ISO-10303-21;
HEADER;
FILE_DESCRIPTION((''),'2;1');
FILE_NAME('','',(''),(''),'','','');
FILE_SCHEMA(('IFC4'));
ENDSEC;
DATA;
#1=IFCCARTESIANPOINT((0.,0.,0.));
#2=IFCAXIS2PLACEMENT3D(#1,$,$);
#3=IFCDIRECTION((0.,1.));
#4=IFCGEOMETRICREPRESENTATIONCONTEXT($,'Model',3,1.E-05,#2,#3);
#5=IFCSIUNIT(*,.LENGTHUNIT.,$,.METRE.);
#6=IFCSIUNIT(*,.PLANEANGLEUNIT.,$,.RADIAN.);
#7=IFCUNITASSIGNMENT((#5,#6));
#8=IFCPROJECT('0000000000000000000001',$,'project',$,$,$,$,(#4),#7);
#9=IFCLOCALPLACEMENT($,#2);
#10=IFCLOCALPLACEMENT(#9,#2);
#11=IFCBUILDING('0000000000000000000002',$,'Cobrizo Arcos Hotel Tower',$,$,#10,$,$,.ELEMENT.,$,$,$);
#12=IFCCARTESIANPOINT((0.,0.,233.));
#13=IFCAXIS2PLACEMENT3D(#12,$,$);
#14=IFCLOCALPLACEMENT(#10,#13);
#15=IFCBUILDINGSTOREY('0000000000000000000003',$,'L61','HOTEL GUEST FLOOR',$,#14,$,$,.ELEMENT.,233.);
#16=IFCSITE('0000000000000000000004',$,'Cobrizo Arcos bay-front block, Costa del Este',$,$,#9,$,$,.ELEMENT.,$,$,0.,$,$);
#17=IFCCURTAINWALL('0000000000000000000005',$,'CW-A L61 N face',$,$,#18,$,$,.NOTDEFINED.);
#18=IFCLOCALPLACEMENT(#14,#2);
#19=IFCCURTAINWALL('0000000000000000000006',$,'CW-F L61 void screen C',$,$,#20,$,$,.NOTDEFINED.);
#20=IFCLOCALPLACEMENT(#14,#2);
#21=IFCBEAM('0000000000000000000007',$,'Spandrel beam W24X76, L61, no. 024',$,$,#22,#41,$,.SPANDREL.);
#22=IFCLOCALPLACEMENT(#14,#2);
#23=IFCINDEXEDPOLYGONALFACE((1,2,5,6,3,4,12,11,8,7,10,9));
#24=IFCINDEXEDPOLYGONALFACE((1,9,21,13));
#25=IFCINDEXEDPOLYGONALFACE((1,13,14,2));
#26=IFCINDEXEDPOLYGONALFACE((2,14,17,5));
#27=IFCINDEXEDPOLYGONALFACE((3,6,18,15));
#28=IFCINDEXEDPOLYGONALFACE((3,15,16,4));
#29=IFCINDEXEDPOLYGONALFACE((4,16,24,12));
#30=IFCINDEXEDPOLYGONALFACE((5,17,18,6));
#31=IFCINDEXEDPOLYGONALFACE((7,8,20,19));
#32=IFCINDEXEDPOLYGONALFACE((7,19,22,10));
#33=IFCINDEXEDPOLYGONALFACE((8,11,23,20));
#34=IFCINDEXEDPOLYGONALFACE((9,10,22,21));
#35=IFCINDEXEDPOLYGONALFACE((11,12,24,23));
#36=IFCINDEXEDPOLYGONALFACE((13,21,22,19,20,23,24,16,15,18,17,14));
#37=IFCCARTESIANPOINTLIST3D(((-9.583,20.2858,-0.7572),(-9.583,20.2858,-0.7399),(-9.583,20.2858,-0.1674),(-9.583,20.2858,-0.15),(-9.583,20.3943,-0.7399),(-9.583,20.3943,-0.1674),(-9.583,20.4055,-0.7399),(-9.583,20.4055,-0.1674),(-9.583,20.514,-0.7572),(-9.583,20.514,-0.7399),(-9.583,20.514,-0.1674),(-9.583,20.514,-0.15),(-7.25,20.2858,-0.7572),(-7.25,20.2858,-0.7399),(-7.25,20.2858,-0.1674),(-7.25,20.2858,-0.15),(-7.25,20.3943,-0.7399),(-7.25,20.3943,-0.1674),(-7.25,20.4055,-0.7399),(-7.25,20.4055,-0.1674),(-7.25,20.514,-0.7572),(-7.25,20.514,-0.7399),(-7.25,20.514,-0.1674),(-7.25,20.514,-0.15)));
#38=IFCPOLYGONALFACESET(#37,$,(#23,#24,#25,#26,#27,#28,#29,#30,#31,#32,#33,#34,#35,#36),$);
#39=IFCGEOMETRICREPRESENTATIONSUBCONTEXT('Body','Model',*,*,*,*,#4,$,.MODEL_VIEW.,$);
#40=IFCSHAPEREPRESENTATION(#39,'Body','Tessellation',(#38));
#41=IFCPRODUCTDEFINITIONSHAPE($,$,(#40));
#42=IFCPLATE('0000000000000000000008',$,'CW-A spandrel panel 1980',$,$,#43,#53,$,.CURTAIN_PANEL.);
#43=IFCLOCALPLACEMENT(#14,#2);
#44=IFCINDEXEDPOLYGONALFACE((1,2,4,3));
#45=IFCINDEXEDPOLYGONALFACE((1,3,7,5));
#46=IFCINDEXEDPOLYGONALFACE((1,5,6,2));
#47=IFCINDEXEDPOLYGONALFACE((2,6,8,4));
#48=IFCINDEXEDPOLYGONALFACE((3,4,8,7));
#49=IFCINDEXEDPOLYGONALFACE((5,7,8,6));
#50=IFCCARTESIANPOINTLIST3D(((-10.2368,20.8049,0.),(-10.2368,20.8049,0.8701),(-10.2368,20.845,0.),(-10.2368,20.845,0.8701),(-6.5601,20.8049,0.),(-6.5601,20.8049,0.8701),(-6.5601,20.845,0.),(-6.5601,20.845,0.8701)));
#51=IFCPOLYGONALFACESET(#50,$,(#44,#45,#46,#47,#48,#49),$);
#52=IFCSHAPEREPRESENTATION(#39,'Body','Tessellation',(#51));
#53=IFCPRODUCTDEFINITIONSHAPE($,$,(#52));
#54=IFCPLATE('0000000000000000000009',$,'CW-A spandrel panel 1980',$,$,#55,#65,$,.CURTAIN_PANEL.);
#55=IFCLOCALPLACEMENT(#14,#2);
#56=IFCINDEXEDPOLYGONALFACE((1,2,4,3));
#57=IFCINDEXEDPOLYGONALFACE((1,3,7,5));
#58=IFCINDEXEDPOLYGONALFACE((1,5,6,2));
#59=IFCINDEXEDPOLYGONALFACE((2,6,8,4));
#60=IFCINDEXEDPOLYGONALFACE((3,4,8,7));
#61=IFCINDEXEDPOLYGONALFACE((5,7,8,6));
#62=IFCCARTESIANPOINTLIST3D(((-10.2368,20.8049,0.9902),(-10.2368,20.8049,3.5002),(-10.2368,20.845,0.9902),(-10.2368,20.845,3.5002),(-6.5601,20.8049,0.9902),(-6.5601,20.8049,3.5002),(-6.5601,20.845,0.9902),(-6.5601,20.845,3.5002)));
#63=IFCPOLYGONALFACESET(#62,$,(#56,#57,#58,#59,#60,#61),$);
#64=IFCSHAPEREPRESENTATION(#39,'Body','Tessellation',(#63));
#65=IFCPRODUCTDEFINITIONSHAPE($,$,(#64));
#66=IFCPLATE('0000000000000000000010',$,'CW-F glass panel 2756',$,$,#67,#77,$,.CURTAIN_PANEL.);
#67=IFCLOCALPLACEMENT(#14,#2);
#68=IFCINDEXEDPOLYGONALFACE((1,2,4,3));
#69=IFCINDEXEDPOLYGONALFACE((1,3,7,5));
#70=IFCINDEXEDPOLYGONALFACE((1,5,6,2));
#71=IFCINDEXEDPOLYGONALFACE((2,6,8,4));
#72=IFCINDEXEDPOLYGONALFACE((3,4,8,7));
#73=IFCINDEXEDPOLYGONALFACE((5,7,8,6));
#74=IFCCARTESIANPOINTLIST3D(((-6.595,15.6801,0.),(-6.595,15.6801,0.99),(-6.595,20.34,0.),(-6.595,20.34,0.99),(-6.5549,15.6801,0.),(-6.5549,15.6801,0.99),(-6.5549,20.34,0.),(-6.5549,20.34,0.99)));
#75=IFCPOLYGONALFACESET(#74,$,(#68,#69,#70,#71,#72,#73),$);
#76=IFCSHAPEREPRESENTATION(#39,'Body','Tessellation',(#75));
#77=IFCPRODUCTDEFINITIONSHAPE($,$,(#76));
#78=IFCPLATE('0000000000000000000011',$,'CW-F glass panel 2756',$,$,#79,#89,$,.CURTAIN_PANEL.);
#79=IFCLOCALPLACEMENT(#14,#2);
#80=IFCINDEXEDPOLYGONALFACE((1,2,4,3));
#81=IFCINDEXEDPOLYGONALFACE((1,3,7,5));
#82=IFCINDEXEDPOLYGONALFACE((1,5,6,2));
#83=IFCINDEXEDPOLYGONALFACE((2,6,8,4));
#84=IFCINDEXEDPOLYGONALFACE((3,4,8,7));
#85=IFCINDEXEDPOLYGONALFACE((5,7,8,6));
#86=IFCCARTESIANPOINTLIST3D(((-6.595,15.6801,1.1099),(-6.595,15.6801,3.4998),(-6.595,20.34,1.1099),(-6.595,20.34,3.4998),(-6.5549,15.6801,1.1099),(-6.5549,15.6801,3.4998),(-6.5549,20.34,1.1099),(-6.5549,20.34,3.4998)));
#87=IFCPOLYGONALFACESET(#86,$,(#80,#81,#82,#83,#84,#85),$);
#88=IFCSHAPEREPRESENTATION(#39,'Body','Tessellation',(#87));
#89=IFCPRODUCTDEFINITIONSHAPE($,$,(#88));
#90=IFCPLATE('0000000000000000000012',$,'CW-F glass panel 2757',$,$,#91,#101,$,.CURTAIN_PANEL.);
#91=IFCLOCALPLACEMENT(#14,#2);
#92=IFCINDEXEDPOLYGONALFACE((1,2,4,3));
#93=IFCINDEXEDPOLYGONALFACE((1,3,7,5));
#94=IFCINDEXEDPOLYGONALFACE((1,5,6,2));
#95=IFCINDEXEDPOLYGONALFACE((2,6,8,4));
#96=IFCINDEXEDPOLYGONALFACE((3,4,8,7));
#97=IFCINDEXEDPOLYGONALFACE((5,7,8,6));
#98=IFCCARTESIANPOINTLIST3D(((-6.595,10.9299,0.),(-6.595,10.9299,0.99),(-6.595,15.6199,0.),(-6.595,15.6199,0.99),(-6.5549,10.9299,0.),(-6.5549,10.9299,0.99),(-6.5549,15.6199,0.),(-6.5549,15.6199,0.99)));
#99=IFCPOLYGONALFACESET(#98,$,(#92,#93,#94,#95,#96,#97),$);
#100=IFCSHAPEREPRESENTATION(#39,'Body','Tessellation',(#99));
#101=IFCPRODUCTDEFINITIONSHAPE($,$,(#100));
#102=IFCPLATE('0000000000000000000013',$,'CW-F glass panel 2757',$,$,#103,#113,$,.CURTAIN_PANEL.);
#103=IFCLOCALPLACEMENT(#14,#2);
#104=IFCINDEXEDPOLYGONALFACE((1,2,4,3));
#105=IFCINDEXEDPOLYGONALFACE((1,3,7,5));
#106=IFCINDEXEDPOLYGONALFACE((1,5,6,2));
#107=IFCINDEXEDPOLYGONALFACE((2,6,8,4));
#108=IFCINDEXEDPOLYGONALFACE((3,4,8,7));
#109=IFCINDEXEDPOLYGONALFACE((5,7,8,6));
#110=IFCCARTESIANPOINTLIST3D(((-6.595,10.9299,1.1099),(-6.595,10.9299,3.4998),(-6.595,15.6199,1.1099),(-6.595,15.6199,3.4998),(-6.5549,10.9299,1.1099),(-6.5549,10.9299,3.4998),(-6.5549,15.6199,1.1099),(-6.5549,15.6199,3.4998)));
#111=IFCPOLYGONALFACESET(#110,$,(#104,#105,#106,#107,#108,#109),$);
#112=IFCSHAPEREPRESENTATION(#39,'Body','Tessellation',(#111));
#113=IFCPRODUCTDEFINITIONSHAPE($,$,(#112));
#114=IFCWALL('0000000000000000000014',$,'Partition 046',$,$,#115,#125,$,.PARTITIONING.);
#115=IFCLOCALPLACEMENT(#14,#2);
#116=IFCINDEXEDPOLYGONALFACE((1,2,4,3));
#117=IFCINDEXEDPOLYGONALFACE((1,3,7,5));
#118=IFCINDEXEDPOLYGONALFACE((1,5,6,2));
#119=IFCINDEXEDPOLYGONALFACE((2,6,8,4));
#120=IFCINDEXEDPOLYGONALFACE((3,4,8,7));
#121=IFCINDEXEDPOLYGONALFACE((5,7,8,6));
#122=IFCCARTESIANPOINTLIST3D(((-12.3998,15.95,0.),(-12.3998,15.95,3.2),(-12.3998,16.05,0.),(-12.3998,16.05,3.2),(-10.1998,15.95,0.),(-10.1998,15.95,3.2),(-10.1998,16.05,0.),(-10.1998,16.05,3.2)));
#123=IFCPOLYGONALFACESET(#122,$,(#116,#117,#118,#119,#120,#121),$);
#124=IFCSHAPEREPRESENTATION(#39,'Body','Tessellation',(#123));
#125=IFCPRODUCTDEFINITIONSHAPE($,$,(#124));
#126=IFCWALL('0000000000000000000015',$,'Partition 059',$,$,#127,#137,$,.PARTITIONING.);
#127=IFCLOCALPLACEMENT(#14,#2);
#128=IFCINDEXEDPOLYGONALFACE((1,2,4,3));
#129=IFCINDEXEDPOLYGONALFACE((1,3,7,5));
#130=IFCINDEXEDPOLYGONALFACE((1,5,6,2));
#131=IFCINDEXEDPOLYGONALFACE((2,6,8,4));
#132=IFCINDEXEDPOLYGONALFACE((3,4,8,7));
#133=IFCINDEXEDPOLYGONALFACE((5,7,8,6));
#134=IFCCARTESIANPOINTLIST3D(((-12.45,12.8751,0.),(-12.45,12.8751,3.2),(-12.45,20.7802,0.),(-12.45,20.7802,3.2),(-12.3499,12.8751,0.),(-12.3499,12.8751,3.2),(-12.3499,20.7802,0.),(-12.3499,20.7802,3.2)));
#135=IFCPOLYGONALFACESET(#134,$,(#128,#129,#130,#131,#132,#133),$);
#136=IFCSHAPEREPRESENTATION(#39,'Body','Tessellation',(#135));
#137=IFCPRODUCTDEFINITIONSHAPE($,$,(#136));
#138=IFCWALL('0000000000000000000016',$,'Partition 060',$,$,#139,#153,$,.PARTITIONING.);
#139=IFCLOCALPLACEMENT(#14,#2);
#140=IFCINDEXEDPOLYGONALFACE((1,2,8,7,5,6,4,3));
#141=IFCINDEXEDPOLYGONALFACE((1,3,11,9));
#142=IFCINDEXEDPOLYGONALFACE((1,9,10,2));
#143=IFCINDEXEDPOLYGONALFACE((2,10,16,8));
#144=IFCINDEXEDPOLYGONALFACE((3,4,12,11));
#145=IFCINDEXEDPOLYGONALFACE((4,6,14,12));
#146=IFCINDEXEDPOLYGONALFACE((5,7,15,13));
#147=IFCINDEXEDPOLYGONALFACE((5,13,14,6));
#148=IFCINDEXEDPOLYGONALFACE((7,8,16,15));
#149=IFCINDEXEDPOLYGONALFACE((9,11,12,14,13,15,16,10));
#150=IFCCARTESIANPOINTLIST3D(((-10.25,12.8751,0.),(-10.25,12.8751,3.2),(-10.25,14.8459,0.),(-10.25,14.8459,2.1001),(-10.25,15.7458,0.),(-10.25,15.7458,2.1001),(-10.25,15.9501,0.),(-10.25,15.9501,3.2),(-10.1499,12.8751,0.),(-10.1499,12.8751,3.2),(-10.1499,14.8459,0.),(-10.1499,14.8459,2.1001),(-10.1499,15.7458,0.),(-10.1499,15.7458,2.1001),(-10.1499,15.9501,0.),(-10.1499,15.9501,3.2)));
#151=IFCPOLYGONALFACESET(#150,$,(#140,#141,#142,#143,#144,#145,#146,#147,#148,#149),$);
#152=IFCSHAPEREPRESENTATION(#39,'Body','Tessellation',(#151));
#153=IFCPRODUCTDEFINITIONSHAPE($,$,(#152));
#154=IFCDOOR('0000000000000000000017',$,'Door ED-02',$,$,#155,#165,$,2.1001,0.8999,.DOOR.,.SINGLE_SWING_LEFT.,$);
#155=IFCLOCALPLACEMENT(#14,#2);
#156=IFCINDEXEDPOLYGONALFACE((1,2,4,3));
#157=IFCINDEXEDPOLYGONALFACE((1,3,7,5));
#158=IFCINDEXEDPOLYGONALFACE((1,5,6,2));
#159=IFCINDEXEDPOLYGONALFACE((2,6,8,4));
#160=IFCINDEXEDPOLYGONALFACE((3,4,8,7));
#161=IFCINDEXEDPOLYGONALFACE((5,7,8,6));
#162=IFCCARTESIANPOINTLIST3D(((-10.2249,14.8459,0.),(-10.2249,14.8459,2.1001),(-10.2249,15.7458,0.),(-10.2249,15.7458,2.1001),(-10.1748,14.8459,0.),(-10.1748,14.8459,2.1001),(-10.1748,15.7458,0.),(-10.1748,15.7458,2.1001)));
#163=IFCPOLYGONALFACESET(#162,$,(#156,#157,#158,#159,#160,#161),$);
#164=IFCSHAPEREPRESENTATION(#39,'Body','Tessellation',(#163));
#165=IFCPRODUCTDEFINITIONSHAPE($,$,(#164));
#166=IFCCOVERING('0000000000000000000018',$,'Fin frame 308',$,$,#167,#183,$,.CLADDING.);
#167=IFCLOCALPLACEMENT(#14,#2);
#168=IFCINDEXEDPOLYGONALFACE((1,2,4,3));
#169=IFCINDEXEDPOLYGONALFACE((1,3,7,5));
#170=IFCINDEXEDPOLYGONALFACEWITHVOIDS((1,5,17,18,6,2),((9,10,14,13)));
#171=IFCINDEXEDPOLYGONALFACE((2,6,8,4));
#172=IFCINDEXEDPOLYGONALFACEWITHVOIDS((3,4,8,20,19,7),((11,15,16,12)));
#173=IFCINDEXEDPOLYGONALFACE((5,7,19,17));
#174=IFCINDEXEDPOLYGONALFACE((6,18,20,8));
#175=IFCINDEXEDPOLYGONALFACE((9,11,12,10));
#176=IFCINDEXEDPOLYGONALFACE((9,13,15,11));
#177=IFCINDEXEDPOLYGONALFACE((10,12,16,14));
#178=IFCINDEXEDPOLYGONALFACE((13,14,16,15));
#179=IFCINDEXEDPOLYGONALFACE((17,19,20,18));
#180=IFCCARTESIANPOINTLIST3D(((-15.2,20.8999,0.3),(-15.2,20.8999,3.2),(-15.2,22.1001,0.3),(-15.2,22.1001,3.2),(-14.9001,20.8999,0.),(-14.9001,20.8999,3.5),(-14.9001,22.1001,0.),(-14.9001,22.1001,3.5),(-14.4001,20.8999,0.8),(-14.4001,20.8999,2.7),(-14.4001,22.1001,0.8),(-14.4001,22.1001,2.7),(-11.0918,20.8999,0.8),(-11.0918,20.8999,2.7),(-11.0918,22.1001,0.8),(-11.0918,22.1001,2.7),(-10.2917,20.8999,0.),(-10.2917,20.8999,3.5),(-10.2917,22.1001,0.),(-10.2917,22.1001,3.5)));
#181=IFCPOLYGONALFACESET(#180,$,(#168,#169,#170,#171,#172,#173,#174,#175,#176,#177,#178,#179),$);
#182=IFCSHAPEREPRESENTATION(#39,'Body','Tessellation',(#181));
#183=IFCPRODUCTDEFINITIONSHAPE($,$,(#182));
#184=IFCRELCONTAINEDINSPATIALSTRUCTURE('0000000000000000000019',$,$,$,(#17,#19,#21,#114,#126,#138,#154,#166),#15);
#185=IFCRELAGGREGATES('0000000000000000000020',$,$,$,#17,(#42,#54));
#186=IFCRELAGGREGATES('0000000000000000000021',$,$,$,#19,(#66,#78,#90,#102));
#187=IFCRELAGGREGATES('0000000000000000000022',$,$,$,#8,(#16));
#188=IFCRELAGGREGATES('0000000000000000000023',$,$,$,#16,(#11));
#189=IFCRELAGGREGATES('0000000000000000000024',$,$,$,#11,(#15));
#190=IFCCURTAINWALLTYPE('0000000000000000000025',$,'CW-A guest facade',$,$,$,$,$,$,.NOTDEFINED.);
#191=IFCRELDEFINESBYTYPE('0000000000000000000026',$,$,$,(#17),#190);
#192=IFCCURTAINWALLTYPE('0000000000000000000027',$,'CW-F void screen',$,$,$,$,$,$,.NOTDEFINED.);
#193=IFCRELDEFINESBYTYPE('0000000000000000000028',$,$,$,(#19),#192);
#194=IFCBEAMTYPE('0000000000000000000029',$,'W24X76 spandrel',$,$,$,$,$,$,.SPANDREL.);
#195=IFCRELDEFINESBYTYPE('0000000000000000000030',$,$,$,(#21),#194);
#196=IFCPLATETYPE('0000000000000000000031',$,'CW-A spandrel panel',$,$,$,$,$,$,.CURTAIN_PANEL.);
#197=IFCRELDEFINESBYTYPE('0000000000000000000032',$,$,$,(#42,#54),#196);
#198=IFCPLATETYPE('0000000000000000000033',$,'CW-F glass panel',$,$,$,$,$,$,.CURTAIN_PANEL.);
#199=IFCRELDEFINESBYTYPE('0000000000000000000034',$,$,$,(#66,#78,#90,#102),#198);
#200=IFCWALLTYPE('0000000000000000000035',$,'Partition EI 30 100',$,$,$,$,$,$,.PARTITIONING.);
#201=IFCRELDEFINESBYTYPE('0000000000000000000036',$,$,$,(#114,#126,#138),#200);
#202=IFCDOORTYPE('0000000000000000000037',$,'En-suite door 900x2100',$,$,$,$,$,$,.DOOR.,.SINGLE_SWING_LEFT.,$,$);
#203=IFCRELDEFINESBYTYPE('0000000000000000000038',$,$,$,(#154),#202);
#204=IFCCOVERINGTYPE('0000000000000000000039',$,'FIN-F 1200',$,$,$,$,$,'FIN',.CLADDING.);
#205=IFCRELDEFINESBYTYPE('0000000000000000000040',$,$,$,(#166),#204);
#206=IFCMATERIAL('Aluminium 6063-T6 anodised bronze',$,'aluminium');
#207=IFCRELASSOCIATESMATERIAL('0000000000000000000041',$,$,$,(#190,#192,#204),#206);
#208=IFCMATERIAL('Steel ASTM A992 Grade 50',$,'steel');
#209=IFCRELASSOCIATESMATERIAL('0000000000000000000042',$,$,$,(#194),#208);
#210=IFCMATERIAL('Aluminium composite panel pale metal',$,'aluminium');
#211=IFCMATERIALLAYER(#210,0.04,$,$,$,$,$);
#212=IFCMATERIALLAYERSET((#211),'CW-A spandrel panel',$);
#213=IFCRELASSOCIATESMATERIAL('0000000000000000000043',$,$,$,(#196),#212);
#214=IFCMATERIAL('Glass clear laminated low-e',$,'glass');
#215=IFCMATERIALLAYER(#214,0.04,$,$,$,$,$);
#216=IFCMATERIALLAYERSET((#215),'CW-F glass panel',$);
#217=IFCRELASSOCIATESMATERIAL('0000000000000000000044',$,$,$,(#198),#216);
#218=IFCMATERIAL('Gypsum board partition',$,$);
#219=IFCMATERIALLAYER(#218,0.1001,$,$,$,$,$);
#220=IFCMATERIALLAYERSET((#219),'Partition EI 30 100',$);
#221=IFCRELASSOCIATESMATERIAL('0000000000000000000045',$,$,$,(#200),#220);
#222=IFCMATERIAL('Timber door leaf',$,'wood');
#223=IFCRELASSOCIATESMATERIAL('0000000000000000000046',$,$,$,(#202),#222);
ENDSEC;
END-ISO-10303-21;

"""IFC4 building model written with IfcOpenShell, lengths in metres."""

from ifc_helpers import new_model, si_unit, direction, frame, frame_2d, origin, origin_2d, place, context, subcontext, project, spatial, polyline, rectangle, i_section, outline, extrude, material, layer, layer_set, material_profile, profile_set, type_object, element, fill, aggregate, save


model = new_model("IFC4")

# Units and contexts
model_context = context("Model", 3, precision=1e-05, world=origin(), true_north=direction((0.0, 1.0)))
body_context = subcontext(model_context, "Body", "Model", "MODEL_VIEW")
ifc_project = project(units=[si_unit("LENGTHUNIT", "METRE"), si_unit("PLANEANGLEUNIT", "RADIAN")], contexts=[model_context])

# Site, building, storey
site_placement = place(None, origin())
site = spatial("IfcSite", under=ifc_project, at=site_placement, Name="Cobrizo Arcos bay-front block, Costa del Este", CompositionType="ELEMENT", RefElevation=0.0)
building_placement = place(site_placement, origin())
building = spatial("IfcBuilding", under=site, at=building_placement, Name="Cobrizo Arcos Hotel Tower", CompositionType="ELEMENT")
storey_placement = place(building_placement, frame((0.0, 0.0, 233.0)))
storey = spatial("IfcBuildingStorey", under=building, at=storey_placement, Name="L61", Description="HOTEL GUEST FLOOR", CompositionType="ELEMENT", Elevation=233.0)

# Shared definitions
ifc_material_1 = material(Name="Aluminium 6063-T6 anodised bronze", Category="aluminium")
curtain_wall_type_1 = type_object("IfcCurtainWallType", Name="CW-A guest facade", PredefinedType="NOTDEFINED", material=ifc_material_1)

# Curtain walls
curtain_wall_1_placement = place(storey_placement, origin())
curtain_wall_1 = element("IfcCurtainWall", 1, at=curtain_wall_1_placement, inside=storey, type_object=curtain_wall_type_1, Name="CW-A L61 N face", PredefinedType="NOTDEFINED")
curtain_wall_type_2 = type_object("IfcCurtainWallType", Name="CW-F void screen", PredefinedType="NOTDEFINED", material=ifc_material_1)
curtain_wall_2_placement = place(storey_placement, origin())
curtain_wall_2 = element("IfcCurtainWall", 2, at=curtain_wall_2_placement, inside=storey, type_object=curtain_wall_type_2, Name="CW-F L61 void screen C", PredefinedType="NOTDEFINED")

# Beam
ifc_material_2 = material(Name="Steel ASTM A992 Grade 50", Category="steel")
ifc_material_profile_1 = material_profile(ifc_material_2, i_section(OverallWidth=0.2283, OverallDepth=0.6072, WebThickness=0.0112, FlangeThickness=0.0173, at=origin_2d()), Name="W24X76")
ifc_profile_set_1 = profile_set([ifc_material_profile_1], Name="Steel ASTM A992 Grade 50")
beam_type = type_object("IfcBeamType", Name="W24X76 spandrel", PredefinedType="SPANDREL", material=ifc_profile_set_1)
beam_placement = place(storey_placement, frame((-9.583, 20.3999, -0.4536), z_axis=(1.0, 0.0, 0.0), x_axis=(0.0, 1.0, 0.0)))
element("IfcBeam", 3, at=beam_placement, inside=storey, type_object=beam_type, Name="Spandrel beam W24X76, L61, no. 024", PredefinedType="SPANDREL", context=body_context, shape_type="SweptSolid", body=[
    extrude(i_section(OverallWidth=0.2283, OverallDepth=0.6072, WebThickness=0.0112, FlangeThickness=0.0173, at=origin_2d()), origin(), (0.0, 0.0, 1.0), 2.333),
])

# Plates
ifc_material_3 = material(Name="Aluminium composite panel pale metal", Category="aluminium")
ifc_layer_1 = layer(ifc_material_3, 0.04)
ifc_layer_set_1 = layer_set([ifc_layer_1], Name="CW-A spandrel panel")
plate_type_1 = type_object("IfcPlateType", Name="CW-A spandrel panel", PredefinedType="CURTAIN_PANEL", material=ifc_layer_set_1)
plate_1_placement = place(storey_placement, frame((-8.3984, 20.825, 0.0), z_axis=(0.0, 0.0, 1.0), x_axis=(-1.0, 0.0, 0.0)))
plate_1 = element("IfcPlate", 4, at=plate_1_placement, type_object=plate_type_1, Name="CW-A spandrel panel 1980", PredefinedType="CURTAIN_PANEL", context=body_context, shape_type="SweptSolid", body=[
    extrude(rectangle(XDim=3.6768, YDim=0.04, at=origin_2d()), origin(), (0.0, 0.0, 1.0), 0.8701),
])
plate_2_placement = place(storey_placement, frame((-8.3984, 20.825, 0.9902), z_axis=(0.0, 0.0, 1.0), x_axis=(-1.0, 0.0, 0.0)))
plate_2 = element("IfcPlate", 5, at=plate_2_placement, type_object=plate_type_1, Name="CW-A spandrel panel 1980", PredefinedType="CURTAIN_PANEL", context=body_context, shape_type="SweptSolid", body=[
    extrude(rectangle(XDim=3.6768, YDim=0.04, at=origin_2d()), origin(), (0.0, 0.0, 1.0), 2.51),
])
aggregate(curtain_wall_1, [plate_1, plate_2])
ifc_material_4 = material(Name="Glass clear laminated low-e", Category="glass")
ifc_layer_2 = layer(ifc_material_4, 0.04)
ifc_layer_set_2 = layer_set([ifc_layer_2], Name="CW-F glass panel")
plate_type_2 = type_object("IfcPlateType", Name="CW-F glass panel", PredefinedType="CURTAIN_PANEL", material=ifc_layer_set_2)
plate_3_placement = place(storey_placement, frame((-6.575, 18.01, 0.0), z_axis=(0.0, 0.0, 1.0), x_axis=(0.0, -1.0, 0.0)))
plate_3 = element("IfcPlate", 6, at=plate_3_placement, type_object=plate_type_2, Name="CW-F glass panel 2756", PredefinedType="CURTAIN_PANEL", context=body_context, shape_type="SweptSolid", body=[
    extrude(rectangle(XDim=4.6599, YDim=0.04, at=origin_2d()), origin(), (0.0, 0.0, 1.0), 0.99),
])
plate_4_placement = place(storey_placement, frame((-6.575, 18.01, 1.1099), z_axis=(0.0, 0.0, 1.0), x_axis=(0.0, -1.0, 0.0)))
plate_4 = element("IfcPlate", 7, at=plate_4_placement, type_object=plate_type_2, Name="CW-F glass panel 2756", PredefinedType="CURTAIN_PANEL", context=body_context, shape_type="SweptSolid", body=[
    extrude(rectangle(XDim=4.6599, YDim=0.04, at=origin_2d()), origin(), (0.0, 0.0, 1.0), 2.3899),
])
plate_5_placement = place(storey_placement, frame((-6.575, 13.2749, 0.0), z_axis=(0.0, 0.0, 1.0), x_axis=(0.0, -1.0, 0.0)))
plate_5 = element("IfcPlate", 8, at=plate_5_placement, type_object=plate_type_2, Name="CW-F glass panel 2757", PredefinedType="CURTAIN_PANEL", context=body_context, shape_type="SweptSolid", body=[
    extrude(rectangle(XDim=4.6899, YDim=0.04, at=origin_2d()), origin(), (0.0, 0.0, 1.0), 0.99),
])
plate_6_placement = place(storey_placement, frame((-6.575, 13.2749, 1.1099), z_axis=(0.0, 0.0, 1.0), x_axis=(0.0, -1.0, 0.0)))
plate_6 = element("IfcPlate", 9, at=plate_6_placement, type_object=plate_type_2, Name="CW-F glass panel 2757", PredefinedType="CURTAIN_PANEL", context=body_context, shape_type="SweptSolid", body=[
    extrude(rectangle(XDim=4.6899, YDim=0.04, at=origin_2d()), origin(), (0.0, 0.0, 1.0), 2.3899),
])
aggregate(curtain_wall_2, [plate_3, plate_4, plate_5, plate_6])

# Walls
ifc_material_5 = material(Name="Gypsum board partition")
ifc_layer_3 = layer(ifc_material_5, 0.1001)
ifc_layer_set_3 = layer_set([ifc_layer_3], Name="Partition EI 30 100")
wall_type = type_object("IfcWallType", Name="Partition EI 30 100", PredefinedType="PARTITIONING", material=ifc_layer_set_3)
wall_1_placement = place(storey_placement, frame((-12.3999, 16.0, 0.0), z_axis=(0.0, 0.0, 1.0), x_axis=(1.0, 0.0, 0.0)))
element("IfcWall", 10, at=wall_1_placement, inside=storey, type_object=wall_type, Name="Partition 046", PredefinedType="PARTITIONING", context=body_context, shape_type="SweptSolid", body=[
    extrude(rectangle(XDim=2.2, YDim=0.1001, at=frame_2d((1.1001, 0.0))), origin(), (0.0, 0.0, 1.0), 3.2),
])
wall_2_placement = place(storey_placement, frame((-12.3999, 12.875, 0.0), z_axis=(0.0, 0.0, 1.0), x_axis=(0.0, 1.0, 0.0)))
element("IfcWall", 11, at=wall_2_placement, inside=storey, type_object=wall_type, Name="Partition 059", PredefinedType="PARTITIONING", context=body_context, shape_type="SweptSolid", body=[
    extrude(rectangle(XDim=7.905, YDim=0.1001, at=frame_2d((3.9526, 0.0))), origin(), (0.0, 0.0, 1.0), 3.2),
])

# Wall, opening, door
wall_3_placement = place(storey_placement, frame((-10.2, 12.875, 0.0), z_axis=(0.0, 0.0, 1.0), x_axis=(0.0, 1.0, 0.0)))
wall_3 = element("IfcWall", 12, at=wall_3_placement, inside=storey, type_object=wall_type, Name="Partition 060", PredefinedType="PARTITIONING", context=body_context, shape_type="SweptSolid", body=[
    extrude(rectangle(XDim=3.075, YDim=0.1001, at=frame_2d((1.5376, 0.0))), origin(), (0.0, 0.0, 1.0), 3.2),
])
opening_placement = place(wall_3_placement, frame((1.9709, 0.0, 0.0)))
opening = element("IfcOpeningElement", 13, at=opening_placement, cuts=wall_3, PredefinedType="OPENING", context=body_context, shape_type="SweptSolid", body=[
    extrude(rectangle(XDim=0.8999, YDim=2.1001, at=frame_2d((0.45, 1.05))), frame((0.0, 0.062, 0.0), z_axis=(0.0, -1.0, 0.0), x_axis=(1.0, 0.0, 0.0)), (0.0, 0.0, 1.0), 0.124),
])
ifc_material_6 = material(Name="Timber door leaf", Category="wood")
door_type = type_object("IfcDoorType", Name="En-suite door 900x2100", OperationType="SINGLE_SWING_LEFT", PredefinedType="DOOR", material=ifc_material_6)
door_placement = place(opening_placement, origin())
door = element("IfcDoor", 14, at=door_placement, inside=storey, type_object=door_type, Name="Door ED-02", OperationType="SINGLE_SWING_LEFT", OverallHeight=2.1001, OverallWidth=0.8999, PredefinedType="DOOR", context=body_context, shape_type="SweptSolid", body=[
    extrude(rectangle(XDim=0.8999, YDim=2.1001, at=frame_2d((0.45, 1.05))), frame((0.0, 0.0249, 0.0), z_axis=(0.0, -1.0, 0.0), x_axis=(1.0, 0.0, 0.0)), (0.0, 0.0, 1.0), 0.05),
])
fill(opening, door)

# Covering
covering_type = type_object("IfcCoveringType", Name="FIN-F 1200", ElementType="FIN", PredefinedType="CLADDING", material=ifc_material_1)
covering_placement = place(storey_placement, frame((-10.2917, 20.8999, 0.0), z_axis=(0.0, 1.0, 0.0), x_axis=(-1.0, 0.0, 0.0)))
element("IfcCovering", 15, at=covering_placement, inside=storey, type_object=covering_type, Name="Fin frame 308", PredefinedType="CLADDING", context=body_context, shape_type="SweptSolid", body=[
    extrude(outline(polyline([(0.0, 3.5), (0.0, 0.0), (4.6084, 0.0), (4.9082, 0.3), (4.9082, 3.2), (4.6084, 3.5), (0.0, 3.5)]), holes=[polyline([(4.1084, 0.8), (0.8, 0.8), (0.8, 2.7), (4.1084, 2.7), (4.1084, 0.8)])]), origin(), (0.0, 0.0, 1.0), 1.2002),
])

save(model, "model.ifc")
